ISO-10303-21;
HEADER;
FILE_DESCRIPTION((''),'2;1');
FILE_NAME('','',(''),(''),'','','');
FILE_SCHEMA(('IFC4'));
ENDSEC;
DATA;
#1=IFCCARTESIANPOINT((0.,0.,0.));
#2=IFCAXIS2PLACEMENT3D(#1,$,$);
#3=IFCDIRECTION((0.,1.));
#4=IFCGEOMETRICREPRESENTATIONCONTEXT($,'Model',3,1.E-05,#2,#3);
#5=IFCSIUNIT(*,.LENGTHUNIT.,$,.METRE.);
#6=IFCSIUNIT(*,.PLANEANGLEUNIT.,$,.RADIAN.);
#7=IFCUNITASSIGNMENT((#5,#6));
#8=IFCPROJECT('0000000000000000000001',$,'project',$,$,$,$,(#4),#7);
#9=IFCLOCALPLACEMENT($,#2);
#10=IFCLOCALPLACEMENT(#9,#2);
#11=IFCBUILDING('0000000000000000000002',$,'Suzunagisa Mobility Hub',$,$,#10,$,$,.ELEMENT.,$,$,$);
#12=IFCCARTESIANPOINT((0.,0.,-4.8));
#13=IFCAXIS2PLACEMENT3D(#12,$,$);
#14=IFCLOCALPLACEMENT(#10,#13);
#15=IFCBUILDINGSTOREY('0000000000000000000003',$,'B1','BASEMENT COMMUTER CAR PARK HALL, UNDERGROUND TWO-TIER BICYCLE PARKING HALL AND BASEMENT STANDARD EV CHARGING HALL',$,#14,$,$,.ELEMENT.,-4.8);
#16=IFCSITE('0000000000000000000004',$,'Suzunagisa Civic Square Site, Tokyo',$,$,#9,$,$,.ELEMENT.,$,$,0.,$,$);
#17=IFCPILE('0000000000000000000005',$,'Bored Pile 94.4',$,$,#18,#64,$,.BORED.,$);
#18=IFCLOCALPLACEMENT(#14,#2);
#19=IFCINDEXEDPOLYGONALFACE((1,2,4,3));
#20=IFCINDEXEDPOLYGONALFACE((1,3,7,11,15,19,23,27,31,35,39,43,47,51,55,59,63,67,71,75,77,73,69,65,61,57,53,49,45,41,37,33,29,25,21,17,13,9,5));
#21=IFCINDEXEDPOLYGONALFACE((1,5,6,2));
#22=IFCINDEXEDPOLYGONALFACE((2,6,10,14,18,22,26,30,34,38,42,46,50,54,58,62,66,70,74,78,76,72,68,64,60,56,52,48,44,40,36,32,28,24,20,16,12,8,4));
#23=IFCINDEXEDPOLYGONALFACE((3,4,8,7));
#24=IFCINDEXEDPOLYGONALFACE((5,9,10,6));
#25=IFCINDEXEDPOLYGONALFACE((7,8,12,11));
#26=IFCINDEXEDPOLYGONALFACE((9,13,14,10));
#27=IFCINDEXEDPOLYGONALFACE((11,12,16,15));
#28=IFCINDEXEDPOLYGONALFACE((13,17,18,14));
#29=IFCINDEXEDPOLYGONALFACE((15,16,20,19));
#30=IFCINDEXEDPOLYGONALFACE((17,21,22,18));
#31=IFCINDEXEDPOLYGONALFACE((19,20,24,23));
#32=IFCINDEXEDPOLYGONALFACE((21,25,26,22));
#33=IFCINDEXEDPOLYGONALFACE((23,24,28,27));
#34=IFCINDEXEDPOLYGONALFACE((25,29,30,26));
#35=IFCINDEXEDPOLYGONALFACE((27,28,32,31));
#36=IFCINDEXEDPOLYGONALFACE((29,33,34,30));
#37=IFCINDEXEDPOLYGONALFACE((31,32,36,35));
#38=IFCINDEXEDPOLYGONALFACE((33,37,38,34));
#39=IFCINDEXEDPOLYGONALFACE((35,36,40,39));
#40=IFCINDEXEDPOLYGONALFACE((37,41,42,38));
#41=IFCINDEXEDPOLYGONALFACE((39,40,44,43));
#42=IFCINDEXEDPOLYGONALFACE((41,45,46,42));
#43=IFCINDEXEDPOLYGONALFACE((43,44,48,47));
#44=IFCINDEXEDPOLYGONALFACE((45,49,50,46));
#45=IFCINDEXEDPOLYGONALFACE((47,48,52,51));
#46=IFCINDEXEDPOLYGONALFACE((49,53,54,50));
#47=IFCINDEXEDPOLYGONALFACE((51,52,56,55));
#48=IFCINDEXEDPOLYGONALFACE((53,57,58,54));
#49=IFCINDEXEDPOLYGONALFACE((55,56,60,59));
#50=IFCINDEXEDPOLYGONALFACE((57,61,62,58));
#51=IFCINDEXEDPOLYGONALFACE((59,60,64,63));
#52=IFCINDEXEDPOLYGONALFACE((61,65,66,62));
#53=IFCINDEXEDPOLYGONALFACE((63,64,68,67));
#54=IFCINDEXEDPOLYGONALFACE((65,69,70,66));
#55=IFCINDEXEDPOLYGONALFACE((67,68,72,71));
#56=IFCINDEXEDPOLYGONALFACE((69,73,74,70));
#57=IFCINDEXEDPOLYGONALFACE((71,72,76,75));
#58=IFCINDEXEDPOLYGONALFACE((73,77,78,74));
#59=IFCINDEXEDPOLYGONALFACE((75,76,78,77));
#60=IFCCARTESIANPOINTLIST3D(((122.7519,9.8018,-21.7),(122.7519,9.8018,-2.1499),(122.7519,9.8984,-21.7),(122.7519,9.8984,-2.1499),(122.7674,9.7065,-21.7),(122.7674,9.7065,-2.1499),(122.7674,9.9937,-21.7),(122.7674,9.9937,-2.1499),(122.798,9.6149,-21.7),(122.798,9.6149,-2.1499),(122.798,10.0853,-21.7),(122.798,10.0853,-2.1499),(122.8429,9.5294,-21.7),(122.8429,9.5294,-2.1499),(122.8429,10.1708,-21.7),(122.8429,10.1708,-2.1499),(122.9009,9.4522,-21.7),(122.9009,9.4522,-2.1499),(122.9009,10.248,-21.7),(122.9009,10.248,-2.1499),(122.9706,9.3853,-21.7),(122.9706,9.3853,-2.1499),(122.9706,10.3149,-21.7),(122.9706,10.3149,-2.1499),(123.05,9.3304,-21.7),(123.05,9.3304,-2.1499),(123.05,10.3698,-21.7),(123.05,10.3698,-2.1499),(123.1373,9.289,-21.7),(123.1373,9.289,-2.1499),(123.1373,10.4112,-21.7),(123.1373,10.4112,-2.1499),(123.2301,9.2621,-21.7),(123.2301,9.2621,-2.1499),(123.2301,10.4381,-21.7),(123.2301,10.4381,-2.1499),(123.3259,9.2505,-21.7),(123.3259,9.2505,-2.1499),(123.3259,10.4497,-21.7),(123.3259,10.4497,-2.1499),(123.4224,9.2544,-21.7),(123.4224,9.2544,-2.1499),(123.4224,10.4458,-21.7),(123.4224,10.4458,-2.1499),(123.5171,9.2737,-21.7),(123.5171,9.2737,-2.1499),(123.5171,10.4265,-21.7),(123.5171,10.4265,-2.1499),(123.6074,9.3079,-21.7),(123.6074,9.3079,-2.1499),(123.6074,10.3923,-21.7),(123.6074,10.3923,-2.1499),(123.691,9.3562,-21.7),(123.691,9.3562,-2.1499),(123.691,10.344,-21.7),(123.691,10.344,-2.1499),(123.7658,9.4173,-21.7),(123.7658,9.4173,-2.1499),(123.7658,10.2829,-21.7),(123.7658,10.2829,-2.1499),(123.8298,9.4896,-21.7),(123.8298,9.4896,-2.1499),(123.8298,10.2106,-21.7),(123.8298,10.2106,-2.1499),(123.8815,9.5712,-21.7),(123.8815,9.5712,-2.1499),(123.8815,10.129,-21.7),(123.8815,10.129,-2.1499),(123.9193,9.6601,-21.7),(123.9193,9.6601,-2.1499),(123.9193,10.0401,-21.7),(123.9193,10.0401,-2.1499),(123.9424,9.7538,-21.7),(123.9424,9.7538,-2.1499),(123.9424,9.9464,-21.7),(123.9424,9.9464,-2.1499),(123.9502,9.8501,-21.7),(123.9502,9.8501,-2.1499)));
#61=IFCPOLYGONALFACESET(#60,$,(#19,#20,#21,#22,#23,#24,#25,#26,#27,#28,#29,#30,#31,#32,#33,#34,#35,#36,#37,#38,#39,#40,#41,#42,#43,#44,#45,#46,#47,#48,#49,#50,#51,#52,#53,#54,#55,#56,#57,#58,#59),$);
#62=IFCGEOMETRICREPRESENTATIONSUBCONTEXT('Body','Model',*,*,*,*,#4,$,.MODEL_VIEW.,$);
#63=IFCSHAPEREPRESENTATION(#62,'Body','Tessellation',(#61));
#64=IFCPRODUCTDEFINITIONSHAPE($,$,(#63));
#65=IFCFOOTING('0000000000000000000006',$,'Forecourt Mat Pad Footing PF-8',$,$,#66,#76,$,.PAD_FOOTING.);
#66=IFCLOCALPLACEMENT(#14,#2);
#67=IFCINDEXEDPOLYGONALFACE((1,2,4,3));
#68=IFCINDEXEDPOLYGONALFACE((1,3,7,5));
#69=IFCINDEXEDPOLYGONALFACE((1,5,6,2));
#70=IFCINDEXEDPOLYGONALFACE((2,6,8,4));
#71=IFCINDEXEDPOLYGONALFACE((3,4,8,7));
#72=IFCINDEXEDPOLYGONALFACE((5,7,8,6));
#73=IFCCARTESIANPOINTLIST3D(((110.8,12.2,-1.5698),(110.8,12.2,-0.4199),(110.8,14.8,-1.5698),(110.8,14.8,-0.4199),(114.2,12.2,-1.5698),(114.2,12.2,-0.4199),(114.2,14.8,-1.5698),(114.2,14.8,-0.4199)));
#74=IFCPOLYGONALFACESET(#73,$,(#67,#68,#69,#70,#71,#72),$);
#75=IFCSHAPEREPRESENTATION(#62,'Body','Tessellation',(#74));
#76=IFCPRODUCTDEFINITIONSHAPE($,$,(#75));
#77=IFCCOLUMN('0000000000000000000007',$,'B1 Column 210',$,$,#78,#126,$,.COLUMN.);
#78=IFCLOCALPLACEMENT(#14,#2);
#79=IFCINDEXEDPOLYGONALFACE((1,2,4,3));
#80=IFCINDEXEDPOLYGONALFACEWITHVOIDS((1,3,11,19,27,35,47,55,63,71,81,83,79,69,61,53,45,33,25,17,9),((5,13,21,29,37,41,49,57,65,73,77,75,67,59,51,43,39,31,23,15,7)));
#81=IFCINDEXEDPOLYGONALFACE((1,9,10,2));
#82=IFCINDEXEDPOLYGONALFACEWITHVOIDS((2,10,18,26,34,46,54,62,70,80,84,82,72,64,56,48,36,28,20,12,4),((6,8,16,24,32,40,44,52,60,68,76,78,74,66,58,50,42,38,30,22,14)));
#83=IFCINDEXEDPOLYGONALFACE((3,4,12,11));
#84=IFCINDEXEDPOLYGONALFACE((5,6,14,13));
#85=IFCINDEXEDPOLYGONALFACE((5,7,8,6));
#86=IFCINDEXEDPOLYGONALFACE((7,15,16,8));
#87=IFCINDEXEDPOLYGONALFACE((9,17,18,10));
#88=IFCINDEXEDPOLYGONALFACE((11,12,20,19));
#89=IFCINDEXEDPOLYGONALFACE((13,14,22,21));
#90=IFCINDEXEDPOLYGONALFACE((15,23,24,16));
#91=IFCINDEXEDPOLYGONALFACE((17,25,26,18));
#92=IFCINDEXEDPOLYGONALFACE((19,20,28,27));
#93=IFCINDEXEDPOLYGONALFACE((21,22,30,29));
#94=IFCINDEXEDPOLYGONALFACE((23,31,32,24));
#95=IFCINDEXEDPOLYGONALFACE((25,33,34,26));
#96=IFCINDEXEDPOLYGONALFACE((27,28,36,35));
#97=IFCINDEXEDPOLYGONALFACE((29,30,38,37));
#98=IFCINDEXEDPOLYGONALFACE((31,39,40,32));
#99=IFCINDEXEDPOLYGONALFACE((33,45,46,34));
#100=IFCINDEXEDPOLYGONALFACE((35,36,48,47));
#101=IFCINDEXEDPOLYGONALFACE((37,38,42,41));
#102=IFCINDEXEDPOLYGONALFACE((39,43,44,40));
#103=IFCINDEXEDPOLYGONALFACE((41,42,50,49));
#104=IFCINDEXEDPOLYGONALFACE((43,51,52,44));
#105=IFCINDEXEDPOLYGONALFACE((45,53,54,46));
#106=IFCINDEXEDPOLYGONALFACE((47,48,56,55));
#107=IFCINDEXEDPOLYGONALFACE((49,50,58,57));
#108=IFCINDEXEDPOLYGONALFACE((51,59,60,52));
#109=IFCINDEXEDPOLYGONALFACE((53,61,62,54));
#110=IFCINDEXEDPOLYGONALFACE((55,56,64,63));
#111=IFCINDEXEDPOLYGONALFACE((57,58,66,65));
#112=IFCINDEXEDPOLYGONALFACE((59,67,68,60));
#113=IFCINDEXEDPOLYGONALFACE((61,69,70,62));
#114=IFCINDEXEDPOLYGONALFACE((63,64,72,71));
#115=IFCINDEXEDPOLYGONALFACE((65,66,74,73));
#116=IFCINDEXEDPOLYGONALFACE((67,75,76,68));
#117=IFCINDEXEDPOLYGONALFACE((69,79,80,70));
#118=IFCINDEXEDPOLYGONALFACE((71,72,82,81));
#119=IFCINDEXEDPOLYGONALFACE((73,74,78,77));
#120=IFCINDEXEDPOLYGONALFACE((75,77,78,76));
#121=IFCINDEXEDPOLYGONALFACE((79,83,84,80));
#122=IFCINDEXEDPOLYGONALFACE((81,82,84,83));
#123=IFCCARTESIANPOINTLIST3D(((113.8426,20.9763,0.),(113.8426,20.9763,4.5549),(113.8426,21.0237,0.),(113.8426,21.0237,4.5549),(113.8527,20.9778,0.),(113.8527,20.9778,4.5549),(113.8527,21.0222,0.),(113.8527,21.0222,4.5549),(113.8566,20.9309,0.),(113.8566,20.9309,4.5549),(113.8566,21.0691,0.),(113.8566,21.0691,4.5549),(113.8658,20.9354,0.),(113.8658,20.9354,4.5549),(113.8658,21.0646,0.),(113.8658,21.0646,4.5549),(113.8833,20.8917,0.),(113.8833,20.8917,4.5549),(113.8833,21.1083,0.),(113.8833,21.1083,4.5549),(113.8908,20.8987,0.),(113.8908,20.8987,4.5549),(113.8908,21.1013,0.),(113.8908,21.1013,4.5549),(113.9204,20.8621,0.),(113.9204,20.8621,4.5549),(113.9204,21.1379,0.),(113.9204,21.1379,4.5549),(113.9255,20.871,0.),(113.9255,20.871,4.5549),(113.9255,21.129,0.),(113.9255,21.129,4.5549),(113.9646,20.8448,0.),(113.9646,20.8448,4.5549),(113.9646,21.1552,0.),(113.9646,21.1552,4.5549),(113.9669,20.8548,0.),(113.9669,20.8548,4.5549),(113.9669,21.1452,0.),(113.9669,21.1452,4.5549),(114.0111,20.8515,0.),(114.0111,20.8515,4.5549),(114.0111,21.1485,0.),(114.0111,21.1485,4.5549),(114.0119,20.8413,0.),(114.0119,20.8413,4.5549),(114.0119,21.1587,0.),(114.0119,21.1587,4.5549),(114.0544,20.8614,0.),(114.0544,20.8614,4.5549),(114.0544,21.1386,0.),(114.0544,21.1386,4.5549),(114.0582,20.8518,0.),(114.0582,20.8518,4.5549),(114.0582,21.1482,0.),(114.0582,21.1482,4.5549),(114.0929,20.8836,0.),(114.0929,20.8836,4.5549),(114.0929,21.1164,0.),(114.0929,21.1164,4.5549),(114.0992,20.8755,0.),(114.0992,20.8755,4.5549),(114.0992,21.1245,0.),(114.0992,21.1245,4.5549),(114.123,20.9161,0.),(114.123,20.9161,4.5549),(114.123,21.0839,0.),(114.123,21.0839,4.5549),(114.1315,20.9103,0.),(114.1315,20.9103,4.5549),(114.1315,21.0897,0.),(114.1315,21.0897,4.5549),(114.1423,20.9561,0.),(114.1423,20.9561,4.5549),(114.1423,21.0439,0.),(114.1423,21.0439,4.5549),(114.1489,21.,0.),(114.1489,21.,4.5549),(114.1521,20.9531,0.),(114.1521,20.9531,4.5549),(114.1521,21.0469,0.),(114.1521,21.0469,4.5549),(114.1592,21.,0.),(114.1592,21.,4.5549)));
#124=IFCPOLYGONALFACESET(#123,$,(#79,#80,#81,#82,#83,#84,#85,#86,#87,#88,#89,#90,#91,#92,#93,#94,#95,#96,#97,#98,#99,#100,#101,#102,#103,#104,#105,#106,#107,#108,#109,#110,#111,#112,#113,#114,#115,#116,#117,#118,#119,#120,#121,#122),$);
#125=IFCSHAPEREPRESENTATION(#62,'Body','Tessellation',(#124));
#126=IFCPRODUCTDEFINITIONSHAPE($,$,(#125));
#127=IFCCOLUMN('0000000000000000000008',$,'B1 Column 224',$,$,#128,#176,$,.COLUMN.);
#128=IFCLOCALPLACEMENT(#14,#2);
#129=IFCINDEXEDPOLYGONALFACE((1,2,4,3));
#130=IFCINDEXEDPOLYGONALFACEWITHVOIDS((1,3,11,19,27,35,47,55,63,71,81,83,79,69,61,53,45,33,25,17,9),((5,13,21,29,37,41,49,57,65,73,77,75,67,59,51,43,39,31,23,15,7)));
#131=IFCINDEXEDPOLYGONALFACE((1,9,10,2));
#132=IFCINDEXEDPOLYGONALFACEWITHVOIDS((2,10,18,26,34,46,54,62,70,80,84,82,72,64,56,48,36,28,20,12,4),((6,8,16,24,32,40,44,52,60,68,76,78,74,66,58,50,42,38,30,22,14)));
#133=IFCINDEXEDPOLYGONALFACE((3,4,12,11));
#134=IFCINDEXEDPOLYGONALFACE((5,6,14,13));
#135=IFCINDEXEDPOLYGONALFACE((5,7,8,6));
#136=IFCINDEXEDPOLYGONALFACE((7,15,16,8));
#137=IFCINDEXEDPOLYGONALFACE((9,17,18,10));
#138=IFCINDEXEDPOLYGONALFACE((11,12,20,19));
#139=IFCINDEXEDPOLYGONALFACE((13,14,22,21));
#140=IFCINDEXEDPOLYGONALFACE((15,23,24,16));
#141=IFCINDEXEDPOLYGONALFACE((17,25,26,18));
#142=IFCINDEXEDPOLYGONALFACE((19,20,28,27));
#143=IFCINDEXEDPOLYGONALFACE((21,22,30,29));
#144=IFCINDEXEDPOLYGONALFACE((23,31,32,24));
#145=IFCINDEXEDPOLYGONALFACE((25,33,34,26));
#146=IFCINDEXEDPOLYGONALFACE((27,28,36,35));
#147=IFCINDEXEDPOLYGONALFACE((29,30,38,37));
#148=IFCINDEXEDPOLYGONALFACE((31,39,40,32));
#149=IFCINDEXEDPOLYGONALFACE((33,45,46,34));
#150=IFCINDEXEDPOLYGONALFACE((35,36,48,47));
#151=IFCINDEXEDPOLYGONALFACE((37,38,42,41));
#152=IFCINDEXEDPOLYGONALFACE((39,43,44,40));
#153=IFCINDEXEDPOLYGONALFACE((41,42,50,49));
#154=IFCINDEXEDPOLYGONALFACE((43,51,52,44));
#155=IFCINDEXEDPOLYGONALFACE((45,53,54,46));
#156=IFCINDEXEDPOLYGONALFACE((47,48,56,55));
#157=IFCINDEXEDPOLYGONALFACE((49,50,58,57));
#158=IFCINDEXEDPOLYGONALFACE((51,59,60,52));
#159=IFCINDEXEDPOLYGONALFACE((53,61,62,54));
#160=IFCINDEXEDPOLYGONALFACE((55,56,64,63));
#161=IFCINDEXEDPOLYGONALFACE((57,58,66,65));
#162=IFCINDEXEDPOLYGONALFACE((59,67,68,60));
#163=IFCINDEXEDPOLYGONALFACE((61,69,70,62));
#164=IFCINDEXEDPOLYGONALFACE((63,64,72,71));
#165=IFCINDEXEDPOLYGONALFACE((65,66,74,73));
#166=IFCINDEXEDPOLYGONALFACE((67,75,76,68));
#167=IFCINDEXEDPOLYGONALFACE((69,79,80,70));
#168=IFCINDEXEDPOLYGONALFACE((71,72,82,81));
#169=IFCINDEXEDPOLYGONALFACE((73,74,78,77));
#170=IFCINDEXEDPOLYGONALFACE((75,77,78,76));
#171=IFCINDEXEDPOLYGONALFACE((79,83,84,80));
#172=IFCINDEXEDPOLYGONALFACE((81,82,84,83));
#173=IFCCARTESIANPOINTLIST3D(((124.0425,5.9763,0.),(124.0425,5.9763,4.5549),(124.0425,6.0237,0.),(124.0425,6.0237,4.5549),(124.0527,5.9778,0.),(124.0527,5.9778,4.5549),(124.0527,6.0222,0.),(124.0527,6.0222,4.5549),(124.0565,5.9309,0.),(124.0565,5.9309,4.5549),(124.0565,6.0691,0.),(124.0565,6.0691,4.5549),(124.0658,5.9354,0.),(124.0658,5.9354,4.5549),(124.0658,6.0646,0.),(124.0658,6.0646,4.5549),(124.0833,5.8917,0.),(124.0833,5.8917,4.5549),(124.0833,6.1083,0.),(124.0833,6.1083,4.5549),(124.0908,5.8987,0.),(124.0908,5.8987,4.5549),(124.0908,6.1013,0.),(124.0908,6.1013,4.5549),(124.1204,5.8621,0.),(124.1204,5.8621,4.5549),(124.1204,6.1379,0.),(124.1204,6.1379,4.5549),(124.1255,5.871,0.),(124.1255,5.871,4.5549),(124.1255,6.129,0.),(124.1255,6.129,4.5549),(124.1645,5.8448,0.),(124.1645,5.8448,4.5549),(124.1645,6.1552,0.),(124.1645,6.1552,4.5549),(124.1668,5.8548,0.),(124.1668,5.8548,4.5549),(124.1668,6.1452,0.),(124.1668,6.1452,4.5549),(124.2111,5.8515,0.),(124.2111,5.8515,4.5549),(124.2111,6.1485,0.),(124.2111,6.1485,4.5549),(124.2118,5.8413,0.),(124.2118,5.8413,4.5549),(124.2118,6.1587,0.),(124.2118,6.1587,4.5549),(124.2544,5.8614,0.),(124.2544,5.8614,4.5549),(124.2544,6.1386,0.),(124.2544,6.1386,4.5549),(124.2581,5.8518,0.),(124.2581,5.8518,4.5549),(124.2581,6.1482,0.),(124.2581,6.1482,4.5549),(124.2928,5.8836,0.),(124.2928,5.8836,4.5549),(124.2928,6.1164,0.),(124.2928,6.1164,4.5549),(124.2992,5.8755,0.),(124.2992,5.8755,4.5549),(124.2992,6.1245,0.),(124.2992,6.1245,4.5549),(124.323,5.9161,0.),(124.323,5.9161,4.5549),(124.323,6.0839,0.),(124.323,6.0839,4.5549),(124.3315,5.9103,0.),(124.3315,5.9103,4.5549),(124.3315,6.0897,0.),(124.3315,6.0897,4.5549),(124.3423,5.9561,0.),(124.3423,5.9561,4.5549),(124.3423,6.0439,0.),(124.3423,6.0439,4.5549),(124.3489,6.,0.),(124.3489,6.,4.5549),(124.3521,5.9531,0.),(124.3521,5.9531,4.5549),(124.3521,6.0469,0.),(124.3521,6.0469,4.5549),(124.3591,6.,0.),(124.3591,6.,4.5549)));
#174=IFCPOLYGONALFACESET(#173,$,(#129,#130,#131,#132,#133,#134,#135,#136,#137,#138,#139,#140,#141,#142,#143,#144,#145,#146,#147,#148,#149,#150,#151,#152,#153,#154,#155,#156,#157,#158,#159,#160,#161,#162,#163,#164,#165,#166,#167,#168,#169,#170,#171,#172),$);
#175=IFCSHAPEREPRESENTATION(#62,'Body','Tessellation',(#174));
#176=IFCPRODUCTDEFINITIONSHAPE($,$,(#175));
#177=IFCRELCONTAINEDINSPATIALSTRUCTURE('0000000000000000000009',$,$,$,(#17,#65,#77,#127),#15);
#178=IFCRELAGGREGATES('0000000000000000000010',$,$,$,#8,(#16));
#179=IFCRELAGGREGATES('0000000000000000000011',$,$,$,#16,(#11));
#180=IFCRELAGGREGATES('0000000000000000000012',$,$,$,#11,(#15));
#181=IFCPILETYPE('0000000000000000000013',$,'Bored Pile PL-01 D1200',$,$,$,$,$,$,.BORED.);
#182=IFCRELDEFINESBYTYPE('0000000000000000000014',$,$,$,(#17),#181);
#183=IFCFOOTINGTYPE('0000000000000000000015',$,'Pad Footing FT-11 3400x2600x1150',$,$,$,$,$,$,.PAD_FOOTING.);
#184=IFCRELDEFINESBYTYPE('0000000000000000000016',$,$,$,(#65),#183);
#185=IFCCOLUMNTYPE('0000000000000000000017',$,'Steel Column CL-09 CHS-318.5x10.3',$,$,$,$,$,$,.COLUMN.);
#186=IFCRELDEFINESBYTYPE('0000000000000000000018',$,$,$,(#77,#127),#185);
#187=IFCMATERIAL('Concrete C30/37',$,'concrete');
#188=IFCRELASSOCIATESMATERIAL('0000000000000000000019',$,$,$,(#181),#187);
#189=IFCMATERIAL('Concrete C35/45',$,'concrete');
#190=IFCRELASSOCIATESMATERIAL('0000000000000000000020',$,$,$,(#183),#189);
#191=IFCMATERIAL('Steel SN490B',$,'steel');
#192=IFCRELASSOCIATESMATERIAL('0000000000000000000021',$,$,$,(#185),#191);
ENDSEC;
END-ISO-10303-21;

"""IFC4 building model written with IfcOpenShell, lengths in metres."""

from ifc_helpers import new_model, si_unit, direction, frame, origin, origin_2d, place, context, subcontext, project, spatial, rectangle, circle, hollow_circle, extrude, material, material_profile, profile_set, type_object, element, save


model = new_model("IFC4")

# Units and contexts
model_context = context("Model", 3, precision=1e-05, world=origin(), true_north=direction((0.0, 1.0)))
body_context = subcontext(model_context, "Body", "Model", "MODEL_VIEW")
ifc_project = project(units=[si_unit("LENGTHUNIT", "METRE"), si_unit("PLANEANGLEUNIT", "RADIAN")], contexts=[model_context])

# Site, building, storey
site_placement = place(None, origin())
site = spatial("IfcSite", under=ifc_project, at=site_placement, Name="Suzunagisa Civic Square Site, Tokyo", CompositionType="ELEMENT", RefElevation=0.0)
building_placement = place(site_placement, origin())
building = spatial("IfcBuilding", under=site, at=building_placement, Name="Suzunagisa Mobility Hub", CompositionType="ELEMENT")
storey_placement = place(building_placement, frame((0.0, 0.0, -4.8)))
storey = spatial("IfcBuildingStorey", under=building, at=storey_placement, Name="B1", Description="BASEMENT COMMUTER CAR PARK HALL, UNDERGROUND TWO-TIER BICYCLE PARKING HALL AND BASEMENT STANDARD EV CHARGING HALL", CompositionType="ELEMENT", Elevation=-4.8)

# Pile
ifc_material_1 = material(Name="Concrete C30/37", Category="concrete")
ifc_material_profile_1 = material_profile(ifc_material_1, circle(Radius=0.6001, at=origin_2d()), Name="BORED PILE D1200")
ifc_profile_set_1 = profile_set([ifc_material_profile_1], Name="Concrete C30/37")
pile_type = type_object("IfcPileType", Name="Bored Pile PL-01 D1200", PredefinedType="BORED", material=ifc_profile_set_1)
for number, where, z_axis, x_axis, name in (
    (1, (123.3501, 9.8501, -2.1499), (0.0, 0.0, -1.0), (1.0, 0.0, 0.0), "Bored Pile 94.4"),
):
    element("IfcPile", number, at=place(storey_placement, frame(where, z_axis=z_axis, x_axis=x_axis)), inside=storey, type_object=pile_type, Name=name, PredefinedType="BORED", context=body_context, shape_type="SweptSolid", body=[
        extrude(circle(Radius=0.6001, at=origin_2d()), origin(), (0.0, 0.0, 1.0), 19.55),
    ])

# Footing
ifc_material_2 = material(Name="Concrete C35/45", Category="concrete")
footing_type = type_object("IfcFootingType", Name="Pad Footing FT-11 3400x2600x1150", PredefinedType="PAD_FOOTING", material=ifc_material_2)
footing_placement = place(storey_placement, frame((112.5, 13.5, -1.5698), z_axis=(0.0, 0.0, 1.0), x_axis=(1.0, 0.0, 0.0)))
element("IfcFooting", 2, at=footing_placement, inside=storey, type_object=footing_type, Name="Forecourt Mat Pad Footing PF-8", PredefinedType="PAD_FOOTING", context=body_context, shape_type="SweptSolid", body=[
    extrude(rectangle(XDim=3.3999, YDim=2.6001, at=origin_2d()), origin(), (0.0, 0.0, 1.0), 1.1499),
])

# Columns
ifc_material_3 = material(Name="Steel SN490B", Category="steel")
ifc_material_profile_2 = material_profile(ifc_material_3, hollow_circle(Radius=0.1592, WallThickness=0.0103, at=origin_2d()), Name="CHS-318.5x10.3")
ifc_profile_set_2 = profile_set([ifc_material_profile_2], Name="Steel SN490B")
column_type = type_object("IfcColumnType", Name="Steel Column CL-09 CHS-318.5x10.3", PredefinedType="COLUMN", material=ifc_profile_set_2)
for number, where, z_axis, x_axis, name in (
    (3, (114.0, 21.0, 0.0), (0.0, 0.0, 1.0), (1.0, 0.0, 0.0), "B1 Column 210"),
    (4, (124.2, 6.0, 0.0), (0.0, 0.0, 1.0), (1.0, 0.0, 0.0), "B1 Column 224"),
):
    element("IfcColumn", number, at=place(storey_placement, frame(where, z_axis=z_axis, x_axis=x_axis)), inside=storey, type_object=column_type, Name=name, PredefinedType="COLUMN", context=body_context, shape_type="SweptSolid", body=[
        extrude(hollow_circle(Radius=0.1592, WallThickness=0.0103, at=origin_2d()), origin(), (0.0, 0.0, 1.0), 4.5549),
    ])

save(model, "model.ifc")
